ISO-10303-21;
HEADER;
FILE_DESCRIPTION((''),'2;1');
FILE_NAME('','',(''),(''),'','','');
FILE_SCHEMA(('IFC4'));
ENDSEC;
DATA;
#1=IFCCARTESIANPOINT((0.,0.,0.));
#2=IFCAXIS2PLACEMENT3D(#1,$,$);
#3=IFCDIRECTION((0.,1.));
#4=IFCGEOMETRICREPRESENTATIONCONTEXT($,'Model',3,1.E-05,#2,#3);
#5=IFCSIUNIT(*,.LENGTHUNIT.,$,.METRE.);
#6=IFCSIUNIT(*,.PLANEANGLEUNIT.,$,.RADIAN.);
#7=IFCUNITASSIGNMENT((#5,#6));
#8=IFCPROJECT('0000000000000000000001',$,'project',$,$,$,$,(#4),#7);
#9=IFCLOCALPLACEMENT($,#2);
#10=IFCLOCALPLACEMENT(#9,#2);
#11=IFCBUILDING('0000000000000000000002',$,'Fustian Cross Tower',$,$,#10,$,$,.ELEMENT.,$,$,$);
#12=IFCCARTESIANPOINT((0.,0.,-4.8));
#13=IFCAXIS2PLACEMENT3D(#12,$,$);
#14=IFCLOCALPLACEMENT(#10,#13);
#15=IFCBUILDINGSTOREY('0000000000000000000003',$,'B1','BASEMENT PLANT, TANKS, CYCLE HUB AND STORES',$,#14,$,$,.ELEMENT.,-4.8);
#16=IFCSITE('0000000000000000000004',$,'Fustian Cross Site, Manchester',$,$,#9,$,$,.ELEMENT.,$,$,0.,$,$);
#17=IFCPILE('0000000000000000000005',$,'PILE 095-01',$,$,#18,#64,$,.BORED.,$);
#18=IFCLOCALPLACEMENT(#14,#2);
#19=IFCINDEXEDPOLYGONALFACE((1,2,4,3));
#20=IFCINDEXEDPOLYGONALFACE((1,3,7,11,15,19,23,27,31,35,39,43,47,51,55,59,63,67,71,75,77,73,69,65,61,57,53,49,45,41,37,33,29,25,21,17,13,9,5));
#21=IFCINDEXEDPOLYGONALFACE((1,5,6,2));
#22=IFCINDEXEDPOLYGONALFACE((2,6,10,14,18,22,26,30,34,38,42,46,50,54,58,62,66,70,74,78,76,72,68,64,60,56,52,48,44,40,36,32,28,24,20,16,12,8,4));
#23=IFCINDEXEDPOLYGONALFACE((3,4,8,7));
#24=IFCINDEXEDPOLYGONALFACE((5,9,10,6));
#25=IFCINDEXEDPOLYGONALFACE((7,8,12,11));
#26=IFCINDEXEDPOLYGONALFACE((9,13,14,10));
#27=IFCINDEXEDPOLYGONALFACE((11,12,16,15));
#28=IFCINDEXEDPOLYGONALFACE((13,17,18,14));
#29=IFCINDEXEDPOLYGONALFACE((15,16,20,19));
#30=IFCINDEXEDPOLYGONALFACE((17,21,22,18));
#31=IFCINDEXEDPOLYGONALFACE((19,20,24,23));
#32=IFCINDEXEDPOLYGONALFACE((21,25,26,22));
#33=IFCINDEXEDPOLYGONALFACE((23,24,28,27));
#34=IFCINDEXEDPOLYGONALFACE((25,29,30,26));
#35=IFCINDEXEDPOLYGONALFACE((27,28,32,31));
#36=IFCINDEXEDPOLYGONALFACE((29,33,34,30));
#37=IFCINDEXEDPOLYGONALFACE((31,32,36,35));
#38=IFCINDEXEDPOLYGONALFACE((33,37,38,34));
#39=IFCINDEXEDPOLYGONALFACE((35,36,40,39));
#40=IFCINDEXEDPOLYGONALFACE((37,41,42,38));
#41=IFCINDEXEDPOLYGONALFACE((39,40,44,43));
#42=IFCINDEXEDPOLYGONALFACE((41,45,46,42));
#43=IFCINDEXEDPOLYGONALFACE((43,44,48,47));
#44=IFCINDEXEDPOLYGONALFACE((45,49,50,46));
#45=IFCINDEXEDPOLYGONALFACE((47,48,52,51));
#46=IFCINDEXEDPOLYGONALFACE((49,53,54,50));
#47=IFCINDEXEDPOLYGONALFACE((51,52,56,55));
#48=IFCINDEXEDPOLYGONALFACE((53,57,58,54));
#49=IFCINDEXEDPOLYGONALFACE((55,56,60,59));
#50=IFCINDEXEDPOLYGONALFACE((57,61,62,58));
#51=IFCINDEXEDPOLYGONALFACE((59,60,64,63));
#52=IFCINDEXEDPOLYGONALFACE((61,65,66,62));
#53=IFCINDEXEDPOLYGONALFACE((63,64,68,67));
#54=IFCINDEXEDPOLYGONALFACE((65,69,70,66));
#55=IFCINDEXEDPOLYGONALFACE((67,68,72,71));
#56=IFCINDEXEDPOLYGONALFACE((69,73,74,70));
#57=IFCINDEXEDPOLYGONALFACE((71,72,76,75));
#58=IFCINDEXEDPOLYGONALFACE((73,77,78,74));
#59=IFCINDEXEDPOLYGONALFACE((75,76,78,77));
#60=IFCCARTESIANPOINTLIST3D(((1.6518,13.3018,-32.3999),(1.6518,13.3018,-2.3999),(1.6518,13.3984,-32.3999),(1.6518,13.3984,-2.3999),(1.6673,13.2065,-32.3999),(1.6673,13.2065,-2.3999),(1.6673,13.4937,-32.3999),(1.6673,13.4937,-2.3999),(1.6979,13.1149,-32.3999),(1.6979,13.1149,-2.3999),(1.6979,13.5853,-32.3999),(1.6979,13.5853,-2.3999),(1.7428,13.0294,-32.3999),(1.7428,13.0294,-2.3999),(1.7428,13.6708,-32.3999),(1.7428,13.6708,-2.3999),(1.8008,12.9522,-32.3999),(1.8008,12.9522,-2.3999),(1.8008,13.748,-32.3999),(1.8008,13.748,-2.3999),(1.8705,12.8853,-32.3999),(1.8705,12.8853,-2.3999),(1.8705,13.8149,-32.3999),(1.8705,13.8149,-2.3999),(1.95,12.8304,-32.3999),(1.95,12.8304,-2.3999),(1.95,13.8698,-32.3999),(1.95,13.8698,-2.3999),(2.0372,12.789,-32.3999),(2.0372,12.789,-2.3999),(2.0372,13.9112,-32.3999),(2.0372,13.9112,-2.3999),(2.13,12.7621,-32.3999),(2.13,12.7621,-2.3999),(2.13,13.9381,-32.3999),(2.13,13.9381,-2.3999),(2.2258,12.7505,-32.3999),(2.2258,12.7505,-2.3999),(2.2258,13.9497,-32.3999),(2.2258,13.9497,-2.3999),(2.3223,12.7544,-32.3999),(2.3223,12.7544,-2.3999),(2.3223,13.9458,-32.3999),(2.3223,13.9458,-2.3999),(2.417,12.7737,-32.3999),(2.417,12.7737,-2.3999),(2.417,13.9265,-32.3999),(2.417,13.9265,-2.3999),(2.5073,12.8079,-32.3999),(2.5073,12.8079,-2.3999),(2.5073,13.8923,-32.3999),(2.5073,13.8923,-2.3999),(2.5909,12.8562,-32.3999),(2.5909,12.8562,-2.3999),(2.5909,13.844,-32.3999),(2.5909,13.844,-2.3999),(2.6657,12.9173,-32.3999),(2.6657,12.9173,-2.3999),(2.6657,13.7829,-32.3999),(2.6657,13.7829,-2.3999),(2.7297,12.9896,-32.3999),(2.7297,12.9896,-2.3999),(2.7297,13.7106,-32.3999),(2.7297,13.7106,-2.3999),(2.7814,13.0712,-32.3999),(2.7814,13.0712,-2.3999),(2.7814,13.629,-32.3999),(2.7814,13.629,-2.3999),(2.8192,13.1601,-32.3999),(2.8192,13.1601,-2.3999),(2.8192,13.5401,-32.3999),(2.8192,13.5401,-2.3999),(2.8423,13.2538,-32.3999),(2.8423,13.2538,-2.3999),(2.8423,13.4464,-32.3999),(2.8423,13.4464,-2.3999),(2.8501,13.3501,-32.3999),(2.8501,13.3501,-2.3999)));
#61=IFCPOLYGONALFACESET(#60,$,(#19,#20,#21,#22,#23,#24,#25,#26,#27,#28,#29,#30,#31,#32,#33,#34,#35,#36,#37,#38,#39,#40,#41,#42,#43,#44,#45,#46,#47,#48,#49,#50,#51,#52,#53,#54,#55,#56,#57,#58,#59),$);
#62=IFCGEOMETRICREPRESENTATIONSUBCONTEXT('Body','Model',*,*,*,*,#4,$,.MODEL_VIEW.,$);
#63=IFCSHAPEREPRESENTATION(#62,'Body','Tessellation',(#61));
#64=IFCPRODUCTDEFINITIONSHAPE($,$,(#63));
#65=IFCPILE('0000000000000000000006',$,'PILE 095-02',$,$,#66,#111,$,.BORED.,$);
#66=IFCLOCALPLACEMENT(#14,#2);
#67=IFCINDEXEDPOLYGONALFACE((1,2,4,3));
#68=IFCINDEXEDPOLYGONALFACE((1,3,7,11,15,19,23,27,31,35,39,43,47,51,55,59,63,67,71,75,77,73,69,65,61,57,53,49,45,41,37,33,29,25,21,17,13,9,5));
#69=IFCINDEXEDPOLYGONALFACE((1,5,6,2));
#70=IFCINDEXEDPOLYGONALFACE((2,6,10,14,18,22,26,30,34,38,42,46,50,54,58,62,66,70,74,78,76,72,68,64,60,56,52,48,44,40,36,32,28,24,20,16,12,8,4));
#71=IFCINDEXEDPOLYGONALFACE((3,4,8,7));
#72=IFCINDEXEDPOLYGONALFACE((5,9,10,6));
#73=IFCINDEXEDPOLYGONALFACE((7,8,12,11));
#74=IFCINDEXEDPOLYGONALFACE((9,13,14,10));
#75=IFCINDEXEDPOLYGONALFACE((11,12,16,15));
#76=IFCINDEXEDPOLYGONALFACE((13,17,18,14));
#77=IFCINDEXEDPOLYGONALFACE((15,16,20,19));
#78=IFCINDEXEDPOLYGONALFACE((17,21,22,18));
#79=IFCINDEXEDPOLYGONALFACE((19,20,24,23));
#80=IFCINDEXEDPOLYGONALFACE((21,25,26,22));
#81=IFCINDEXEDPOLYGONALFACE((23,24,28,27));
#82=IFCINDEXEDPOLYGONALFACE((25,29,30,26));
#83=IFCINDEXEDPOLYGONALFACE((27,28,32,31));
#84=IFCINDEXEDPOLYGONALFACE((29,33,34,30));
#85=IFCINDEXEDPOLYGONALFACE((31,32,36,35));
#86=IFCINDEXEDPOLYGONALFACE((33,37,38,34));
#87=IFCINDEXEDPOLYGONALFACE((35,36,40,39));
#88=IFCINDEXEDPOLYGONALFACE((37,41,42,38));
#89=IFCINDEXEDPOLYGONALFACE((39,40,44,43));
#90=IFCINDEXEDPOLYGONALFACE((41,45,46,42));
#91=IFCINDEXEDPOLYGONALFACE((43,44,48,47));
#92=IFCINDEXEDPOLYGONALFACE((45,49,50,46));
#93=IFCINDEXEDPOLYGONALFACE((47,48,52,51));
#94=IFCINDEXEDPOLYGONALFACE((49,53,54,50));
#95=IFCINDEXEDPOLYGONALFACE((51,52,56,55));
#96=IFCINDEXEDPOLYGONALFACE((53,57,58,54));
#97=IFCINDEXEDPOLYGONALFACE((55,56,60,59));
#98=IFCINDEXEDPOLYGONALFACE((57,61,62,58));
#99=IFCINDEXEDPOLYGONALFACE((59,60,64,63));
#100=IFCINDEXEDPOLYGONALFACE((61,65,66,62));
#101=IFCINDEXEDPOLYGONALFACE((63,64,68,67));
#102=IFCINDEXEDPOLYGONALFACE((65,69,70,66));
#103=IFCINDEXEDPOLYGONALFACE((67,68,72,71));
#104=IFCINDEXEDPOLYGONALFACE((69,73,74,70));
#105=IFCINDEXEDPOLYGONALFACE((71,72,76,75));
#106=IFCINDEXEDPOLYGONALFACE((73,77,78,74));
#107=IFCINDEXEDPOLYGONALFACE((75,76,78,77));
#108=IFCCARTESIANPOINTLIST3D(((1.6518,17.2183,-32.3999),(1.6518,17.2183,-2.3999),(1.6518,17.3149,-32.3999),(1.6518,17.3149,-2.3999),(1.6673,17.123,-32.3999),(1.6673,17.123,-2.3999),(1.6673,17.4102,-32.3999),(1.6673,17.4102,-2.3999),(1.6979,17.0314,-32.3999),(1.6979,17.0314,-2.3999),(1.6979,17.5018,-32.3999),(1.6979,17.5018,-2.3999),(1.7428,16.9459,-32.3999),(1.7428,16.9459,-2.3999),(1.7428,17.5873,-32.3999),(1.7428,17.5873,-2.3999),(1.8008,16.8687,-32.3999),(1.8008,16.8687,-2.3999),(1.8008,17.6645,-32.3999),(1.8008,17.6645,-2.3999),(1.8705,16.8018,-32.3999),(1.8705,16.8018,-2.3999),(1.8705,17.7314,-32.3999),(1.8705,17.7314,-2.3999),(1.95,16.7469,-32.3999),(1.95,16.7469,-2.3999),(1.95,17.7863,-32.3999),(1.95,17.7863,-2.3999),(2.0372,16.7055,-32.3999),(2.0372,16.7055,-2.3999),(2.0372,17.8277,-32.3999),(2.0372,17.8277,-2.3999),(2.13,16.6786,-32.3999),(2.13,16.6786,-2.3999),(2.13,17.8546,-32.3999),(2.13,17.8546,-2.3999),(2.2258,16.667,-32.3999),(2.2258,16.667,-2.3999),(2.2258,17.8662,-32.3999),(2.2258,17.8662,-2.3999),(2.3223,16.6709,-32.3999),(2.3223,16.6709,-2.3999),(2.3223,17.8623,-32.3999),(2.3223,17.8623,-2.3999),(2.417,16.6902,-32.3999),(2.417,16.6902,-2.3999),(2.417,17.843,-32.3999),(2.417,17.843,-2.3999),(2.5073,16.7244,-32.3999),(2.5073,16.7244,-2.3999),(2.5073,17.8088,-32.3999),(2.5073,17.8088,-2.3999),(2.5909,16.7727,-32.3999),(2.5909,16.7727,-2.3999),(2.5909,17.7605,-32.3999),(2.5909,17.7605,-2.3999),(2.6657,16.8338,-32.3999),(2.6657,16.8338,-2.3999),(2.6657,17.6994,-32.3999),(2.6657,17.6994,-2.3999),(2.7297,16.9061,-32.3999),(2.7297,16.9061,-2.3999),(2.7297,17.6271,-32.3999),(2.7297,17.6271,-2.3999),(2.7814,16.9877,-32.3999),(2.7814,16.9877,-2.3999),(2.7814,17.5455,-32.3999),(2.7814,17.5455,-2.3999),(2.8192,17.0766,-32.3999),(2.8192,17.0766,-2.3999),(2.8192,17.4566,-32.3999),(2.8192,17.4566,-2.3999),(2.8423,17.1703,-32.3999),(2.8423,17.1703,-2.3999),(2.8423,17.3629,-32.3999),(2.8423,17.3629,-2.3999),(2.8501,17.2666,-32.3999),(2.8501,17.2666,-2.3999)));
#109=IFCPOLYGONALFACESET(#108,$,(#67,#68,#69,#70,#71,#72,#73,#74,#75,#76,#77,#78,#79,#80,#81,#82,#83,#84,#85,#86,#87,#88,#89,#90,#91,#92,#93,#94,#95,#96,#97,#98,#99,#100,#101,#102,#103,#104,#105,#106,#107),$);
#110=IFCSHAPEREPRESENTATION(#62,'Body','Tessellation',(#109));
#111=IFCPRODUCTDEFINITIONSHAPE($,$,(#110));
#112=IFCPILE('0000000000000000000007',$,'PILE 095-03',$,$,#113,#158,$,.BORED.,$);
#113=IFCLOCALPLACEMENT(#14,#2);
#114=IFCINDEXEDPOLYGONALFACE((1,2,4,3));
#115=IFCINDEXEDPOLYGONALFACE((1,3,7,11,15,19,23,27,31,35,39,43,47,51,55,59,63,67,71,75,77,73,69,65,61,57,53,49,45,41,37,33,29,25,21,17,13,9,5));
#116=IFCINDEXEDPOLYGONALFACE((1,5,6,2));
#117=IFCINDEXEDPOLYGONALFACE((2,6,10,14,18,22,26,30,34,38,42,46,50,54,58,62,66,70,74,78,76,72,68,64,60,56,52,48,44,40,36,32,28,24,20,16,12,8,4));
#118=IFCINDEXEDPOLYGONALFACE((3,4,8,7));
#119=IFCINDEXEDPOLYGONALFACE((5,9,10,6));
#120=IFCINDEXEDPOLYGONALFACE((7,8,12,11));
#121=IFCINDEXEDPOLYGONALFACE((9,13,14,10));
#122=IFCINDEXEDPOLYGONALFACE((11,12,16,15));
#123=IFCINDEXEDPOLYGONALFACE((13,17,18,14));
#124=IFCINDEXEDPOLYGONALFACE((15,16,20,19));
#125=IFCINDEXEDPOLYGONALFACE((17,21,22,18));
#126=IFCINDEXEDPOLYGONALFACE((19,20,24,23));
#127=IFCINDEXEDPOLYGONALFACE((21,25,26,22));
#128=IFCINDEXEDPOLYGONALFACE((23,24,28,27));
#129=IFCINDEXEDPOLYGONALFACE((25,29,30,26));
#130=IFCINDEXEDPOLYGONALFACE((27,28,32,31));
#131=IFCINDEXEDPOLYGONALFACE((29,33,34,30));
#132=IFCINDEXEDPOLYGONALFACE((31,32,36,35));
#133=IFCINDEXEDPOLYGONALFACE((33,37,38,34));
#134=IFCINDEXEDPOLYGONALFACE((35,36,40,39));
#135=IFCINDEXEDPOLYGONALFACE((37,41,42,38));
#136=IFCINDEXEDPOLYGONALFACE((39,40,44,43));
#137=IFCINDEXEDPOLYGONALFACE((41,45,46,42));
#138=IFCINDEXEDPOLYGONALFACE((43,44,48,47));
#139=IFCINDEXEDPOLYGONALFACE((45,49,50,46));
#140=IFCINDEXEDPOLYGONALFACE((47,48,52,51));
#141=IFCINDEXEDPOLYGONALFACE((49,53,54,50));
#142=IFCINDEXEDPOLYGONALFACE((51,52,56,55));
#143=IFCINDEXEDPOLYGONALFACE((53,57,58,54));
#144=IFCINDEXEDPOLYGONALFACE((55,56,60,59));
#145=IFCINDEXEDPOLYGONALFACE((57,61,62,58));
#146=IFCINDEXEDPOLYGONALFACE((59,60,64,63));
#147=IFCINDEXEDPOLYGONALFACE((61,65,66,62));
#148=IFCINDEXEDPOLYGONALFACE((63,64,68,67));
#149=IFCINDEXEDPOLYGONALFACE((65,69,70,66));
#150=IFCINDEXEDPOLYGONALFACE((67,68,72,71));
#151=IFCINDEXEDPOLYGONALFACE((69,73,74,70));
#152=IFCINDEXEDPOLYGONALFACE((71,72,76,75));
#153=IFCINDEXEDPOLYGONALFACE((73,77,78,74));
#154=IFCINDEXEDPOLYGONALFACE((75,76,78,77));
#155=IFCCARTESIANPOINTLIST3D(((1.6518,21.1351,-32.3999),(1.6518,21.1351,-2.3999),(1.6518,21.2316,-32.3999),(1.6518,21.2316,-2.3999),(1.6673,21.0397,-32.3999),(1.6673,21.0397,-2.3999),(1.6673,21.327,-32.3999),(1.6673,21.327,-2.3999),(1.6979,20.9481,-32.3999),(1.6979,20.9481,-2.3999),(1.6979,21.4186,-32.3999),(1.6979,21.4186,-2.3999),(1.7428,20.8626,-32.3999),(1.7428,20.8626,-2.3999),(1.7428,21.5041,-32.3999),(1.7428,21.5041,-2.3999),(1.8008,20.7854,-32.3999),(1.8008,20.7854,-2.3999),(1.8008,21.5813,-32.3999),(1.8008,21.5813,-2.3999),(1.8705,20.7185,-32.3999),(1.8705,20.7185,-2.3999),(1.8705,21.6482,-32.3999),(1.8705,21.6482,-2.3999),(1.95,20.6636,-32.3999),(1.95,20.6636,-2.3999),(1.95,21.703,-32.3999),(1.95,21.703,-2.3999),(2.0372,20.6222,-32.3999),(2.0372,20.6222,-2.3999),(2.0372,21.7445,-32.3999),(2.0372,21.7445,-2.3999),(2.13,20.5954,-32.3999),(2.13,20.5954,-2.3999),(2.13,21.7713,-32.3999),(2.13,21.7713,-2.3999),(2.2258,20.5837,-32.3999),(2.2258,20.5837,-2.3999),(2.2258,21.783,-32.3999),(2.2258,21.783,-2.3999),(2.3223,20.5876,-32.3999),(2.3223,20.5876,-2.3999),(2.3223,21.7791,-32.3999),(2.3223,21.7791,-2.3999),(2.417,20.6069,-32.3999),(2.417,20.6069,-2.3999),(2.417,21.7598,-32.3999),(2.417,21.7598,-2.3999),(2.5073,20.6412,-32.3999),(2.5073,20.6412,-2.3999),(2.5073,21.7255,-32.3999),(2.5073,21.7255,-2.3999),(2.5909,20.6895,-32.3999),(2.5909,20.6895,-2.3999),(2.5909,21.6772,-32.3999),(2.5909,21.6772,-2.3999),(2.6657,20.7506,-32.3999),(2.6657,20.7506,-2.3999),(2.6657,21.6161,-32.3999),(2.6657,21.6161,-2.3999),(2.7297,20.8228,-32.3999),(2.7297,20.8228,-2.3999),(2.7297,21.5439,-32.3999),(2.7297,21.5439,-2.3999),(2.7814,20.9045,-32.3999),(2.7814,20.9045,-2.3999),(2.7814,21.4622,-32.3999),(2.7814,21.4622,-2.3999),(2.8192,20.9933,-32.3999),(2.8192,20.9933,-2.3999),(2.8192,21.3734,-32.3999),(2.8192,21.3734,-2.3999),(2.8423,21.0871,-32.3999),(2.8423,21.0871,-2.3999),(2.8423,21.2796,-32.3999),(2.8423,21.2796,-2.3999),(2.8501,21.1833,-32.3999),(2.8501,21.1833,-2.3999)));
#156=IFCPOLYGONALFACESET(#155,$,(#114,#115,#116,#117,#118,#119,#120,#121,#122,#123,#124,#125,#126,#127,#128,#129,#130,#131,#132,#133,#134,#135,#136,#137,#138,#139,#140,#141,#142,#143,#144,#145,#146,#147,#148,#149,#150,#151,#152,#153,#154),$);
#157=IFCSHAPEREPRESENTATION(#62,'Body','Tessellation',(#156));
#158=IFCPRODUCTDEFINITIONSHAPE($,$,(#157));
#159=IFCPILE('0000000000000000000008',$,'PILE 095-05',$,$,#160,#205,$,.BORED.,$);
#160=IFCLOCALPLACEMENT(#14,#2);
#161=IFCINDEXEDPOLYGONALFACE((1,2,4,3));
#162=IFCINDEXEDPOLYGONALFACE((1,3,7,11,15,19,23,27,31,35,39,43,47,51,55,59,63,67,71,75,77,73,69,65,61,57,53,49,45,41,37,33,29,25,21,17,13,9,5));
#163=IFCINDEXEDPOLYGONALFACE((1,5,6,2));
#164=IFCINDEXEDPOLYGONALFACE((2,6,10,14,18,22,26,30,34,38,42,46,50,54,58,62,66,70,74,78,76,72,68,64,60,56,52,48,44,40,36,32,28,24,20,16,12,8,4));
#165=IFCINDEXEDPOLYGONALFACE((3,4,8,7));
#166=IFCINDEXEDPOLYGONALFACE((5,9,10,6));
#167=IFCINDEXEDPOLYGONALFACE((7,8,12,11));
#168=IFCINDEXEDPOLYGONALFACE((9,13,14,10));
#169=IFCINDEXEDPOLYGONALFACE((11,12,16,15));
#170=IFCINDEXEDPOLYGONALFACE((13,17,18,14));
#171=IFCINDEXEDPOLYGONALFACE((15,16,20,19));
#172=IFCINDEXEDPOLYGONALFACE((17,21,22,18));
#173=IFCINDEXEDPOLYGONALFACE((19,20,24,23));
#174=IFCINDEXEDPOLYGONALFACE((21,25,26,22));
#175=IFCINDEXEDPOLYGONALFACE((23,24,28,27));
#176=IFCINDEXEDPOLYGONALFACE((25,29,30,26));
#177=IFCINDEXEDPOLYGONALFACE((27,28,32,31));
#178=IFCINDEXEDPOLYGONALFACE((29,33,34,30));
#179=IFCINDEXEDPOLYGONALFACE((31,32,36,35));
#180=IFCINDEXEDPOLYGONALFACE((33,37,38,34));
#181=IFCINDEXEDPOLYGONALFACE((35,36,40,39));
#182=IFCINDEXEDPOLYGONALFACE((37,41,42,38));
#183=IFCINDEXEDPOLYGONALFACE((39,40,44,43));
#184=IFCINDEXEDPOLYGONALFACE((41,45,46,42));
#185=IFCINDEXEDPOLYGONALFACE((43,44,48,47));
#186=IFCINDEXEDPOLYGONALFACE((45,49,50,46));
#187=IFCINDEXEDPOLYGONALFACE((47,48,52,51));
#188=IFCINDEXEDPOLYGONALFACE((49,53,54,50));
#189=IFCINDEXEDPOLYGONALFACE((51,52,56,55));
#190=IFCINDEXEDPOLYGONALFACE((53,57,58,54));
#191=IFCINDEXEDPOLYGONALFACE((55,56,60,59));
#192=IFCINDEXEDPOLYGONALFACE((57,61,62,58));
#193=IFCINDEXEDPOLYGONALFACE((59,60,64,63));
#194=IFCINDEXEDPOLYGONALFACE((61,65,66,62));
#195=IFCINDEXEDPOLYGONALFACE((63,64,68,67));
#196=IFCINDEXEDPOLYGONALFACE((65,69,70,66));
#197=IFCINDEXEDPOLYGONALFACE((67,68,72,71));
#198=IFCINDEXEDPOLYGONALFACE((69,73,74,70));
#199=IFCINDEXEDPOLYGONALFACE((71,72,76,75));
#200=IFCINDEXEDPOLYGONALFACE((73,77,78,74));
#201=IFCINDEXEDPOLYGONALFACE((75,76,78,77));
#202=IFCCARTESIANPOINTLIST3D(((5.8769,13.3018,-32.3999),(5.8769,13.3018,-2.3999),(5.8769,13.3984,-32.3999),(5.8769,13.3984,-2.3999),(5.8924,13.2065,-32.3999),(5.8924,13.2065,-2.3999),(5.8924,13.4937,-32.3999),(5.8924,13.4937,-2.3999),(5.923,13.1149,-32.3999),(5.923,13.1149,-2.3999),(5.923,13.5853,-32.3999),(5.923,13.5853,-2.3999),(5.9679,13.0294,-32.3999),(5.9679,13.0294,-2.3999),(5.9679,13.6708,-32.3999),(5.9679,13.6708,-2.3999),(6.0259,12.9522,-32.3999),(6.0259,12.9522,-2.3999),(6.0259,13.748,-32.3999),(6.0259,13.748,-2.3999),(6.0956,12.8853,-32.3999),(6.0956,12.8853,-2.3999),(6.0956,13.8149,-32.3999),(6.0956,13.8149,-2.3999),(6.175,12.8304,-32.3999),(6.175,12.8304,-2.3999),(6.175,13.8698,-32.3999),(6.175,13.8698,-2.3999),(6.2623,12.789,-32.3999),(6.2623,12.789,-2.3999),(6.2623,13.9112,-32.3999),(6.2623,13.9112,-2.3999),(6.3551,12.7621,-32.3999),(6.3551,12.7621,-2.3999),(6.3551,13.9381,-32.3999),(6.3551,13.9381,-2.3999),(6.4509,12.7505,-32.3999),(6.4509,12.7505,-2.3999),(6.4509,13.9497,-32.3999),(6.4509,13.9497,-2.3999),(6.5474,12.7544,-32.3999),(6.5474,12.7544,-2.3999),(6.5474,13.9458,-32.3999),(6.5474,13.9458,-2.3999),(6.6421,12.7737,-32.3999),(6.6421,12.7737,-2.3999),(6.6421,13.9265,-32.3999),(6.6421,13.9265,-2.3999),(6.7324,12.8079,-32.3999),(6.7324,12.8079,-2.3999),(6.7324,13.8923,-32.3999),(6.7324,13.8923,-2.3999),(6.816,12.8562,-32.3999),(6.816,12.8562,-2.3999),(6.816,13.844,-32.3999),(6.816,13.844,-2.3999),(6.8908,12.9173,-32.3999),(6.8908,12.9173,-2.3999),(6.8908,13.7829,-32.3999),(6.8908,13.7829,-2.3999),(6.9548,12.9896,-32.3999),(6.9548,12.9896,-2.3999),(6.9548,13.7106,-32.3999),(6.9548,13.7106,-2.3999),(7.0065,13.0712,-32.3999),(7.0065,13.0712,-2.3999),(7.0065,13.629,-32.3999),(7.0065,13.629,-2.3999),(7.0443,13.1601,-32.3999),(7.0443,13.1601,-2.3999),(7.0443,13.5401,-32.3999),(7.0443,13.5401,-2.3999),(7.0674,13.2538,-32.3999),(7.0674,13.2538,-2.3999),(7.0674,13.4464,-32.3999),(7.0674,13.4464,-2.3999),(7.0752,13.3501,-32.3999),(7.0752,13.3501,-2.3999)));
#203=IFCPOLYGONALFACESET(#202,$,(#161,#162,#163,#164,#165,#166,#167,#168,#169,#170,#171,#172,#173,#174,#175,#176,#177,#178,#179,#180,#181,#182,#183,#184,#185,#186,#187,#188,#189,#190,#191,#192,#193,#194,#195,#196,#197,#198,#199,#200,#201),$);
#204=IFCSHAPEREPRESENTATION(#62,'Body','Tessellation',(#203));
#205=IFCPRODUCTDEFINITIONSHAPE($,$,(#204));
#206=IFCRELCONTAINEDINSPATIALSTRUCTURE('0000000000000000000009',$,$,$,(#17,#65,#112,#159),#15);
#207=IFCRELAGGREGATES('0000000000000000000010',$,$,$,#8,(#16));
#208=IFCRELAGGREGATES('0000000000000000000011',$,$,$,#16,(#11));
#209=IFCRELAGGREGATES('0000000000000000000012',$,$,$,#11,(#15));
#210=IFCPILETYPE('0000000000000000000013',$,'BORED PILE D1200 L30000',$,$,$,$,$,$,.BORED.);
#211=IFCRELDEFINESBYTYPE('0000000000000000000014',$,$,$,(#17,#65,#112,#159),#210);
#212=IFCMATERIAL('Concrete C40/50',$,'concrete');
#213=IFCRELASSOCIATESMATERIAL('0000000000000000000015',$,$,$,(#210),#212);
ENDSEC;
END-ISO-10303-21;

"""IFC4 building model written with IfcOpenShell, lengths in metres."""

from ifc_helpers import new_model, si_unit, direction, frame, origin, origin_2d, place, context, subcontext, project, spatial, circle, extrude, material, material_profile, profile_set, type_object, element, save


model = new_model("IFC4")

# Units and contexts
model_context = context("Model", 3, precision=1e-05, world=origin(), true_north=direction((0.0, 1.0)))
body_context = subcontext(model_context, "Body", "Model", "MODEL_VIEW")
ifc_project = project(units=[si_unit("LENGTHUNIT", "METRE"), si_unit("PLANEANGLEUNIT", "RADIAN")], contexts=[model_context])

# Site, building, storey
site_placement = place(None, origin())
site = spatial("IfcSite", under=ifc_project, at=site_placement, Name="Fustian Cross Site, Manchester", CompositionType="ELEMENT", RefElevation=0.0)
building_placement = place(site_placement, origin())
building = spatial("IfcBuilding", under=site, at=building_placement, Name="Fustian Cross Tower", CompositionType="ELEMENT")
storey_placement = place(building_placement, frame((0.0, 0.0, -4.8)))
storey = spatial("IfcBuildingStorey", under=building, at=storey_placement, Name="B1", Description="BASEMENT PLANT, TANKS, CYCLE HUB AND STORES", CompositionType="ELEMENT", Elevation=-4.8)

# Piles
ifc_material_1 = material(Name="Concrete C40/50", Category="concrete")
ifc_material_profile_1 = material_profile(ifc_material_1, circle(Radius=0.6001, at=origin_2d()), Name="BORED PILE D1200 L30000")
ifc_profile_set_1 = profile_set([ifc_material_profile_1], Name="Concrete C40/50")
pile_type = type_object("IfcPileType", Name="BORED PILE D1200 L30000", PredefinedType="BORED", material=ifc_profile_set_1)
for number, where, z_axis, x_axis, name in (
    (1, (2.25, 13.3501, -2.3999), (0.0, 0.0, -1.0), (1.0, 0.0, 0.0), "PILE 095-01"),
    (2, (2.25, 17.2666, -2.3999), (0.0, 0.0, -1.0), (1.0, 0.0, 0.0), "PILE 095-02"),
    (3, (2.25, 21.1833, -2.3999), (0.0, 0.0, -1.0), (1.0, 0.0, 0.0), "PILE 095-03"),
    (4, (6.4751, 13.3501, -2.3999), (0.0, 0.0, -1.0), (1.0, 0.0, 0.0), "PILE 095-05"),
):
    element("IfcPile", number, at=place(storey_placement, frame(where, z_axis=z_axis, x_axis=x_axis)), inside=storey, type_object=pile_type, Name=name, PredefinedType="BORED", context=body_context, shape_type="SweptSolid", body=[
        extrude(circle(Radius=0.6001, at=origin_2d()), origin(), (0.0, 0.0, 1.0), 30.0),
    ])

save(model, "model.ifc")
